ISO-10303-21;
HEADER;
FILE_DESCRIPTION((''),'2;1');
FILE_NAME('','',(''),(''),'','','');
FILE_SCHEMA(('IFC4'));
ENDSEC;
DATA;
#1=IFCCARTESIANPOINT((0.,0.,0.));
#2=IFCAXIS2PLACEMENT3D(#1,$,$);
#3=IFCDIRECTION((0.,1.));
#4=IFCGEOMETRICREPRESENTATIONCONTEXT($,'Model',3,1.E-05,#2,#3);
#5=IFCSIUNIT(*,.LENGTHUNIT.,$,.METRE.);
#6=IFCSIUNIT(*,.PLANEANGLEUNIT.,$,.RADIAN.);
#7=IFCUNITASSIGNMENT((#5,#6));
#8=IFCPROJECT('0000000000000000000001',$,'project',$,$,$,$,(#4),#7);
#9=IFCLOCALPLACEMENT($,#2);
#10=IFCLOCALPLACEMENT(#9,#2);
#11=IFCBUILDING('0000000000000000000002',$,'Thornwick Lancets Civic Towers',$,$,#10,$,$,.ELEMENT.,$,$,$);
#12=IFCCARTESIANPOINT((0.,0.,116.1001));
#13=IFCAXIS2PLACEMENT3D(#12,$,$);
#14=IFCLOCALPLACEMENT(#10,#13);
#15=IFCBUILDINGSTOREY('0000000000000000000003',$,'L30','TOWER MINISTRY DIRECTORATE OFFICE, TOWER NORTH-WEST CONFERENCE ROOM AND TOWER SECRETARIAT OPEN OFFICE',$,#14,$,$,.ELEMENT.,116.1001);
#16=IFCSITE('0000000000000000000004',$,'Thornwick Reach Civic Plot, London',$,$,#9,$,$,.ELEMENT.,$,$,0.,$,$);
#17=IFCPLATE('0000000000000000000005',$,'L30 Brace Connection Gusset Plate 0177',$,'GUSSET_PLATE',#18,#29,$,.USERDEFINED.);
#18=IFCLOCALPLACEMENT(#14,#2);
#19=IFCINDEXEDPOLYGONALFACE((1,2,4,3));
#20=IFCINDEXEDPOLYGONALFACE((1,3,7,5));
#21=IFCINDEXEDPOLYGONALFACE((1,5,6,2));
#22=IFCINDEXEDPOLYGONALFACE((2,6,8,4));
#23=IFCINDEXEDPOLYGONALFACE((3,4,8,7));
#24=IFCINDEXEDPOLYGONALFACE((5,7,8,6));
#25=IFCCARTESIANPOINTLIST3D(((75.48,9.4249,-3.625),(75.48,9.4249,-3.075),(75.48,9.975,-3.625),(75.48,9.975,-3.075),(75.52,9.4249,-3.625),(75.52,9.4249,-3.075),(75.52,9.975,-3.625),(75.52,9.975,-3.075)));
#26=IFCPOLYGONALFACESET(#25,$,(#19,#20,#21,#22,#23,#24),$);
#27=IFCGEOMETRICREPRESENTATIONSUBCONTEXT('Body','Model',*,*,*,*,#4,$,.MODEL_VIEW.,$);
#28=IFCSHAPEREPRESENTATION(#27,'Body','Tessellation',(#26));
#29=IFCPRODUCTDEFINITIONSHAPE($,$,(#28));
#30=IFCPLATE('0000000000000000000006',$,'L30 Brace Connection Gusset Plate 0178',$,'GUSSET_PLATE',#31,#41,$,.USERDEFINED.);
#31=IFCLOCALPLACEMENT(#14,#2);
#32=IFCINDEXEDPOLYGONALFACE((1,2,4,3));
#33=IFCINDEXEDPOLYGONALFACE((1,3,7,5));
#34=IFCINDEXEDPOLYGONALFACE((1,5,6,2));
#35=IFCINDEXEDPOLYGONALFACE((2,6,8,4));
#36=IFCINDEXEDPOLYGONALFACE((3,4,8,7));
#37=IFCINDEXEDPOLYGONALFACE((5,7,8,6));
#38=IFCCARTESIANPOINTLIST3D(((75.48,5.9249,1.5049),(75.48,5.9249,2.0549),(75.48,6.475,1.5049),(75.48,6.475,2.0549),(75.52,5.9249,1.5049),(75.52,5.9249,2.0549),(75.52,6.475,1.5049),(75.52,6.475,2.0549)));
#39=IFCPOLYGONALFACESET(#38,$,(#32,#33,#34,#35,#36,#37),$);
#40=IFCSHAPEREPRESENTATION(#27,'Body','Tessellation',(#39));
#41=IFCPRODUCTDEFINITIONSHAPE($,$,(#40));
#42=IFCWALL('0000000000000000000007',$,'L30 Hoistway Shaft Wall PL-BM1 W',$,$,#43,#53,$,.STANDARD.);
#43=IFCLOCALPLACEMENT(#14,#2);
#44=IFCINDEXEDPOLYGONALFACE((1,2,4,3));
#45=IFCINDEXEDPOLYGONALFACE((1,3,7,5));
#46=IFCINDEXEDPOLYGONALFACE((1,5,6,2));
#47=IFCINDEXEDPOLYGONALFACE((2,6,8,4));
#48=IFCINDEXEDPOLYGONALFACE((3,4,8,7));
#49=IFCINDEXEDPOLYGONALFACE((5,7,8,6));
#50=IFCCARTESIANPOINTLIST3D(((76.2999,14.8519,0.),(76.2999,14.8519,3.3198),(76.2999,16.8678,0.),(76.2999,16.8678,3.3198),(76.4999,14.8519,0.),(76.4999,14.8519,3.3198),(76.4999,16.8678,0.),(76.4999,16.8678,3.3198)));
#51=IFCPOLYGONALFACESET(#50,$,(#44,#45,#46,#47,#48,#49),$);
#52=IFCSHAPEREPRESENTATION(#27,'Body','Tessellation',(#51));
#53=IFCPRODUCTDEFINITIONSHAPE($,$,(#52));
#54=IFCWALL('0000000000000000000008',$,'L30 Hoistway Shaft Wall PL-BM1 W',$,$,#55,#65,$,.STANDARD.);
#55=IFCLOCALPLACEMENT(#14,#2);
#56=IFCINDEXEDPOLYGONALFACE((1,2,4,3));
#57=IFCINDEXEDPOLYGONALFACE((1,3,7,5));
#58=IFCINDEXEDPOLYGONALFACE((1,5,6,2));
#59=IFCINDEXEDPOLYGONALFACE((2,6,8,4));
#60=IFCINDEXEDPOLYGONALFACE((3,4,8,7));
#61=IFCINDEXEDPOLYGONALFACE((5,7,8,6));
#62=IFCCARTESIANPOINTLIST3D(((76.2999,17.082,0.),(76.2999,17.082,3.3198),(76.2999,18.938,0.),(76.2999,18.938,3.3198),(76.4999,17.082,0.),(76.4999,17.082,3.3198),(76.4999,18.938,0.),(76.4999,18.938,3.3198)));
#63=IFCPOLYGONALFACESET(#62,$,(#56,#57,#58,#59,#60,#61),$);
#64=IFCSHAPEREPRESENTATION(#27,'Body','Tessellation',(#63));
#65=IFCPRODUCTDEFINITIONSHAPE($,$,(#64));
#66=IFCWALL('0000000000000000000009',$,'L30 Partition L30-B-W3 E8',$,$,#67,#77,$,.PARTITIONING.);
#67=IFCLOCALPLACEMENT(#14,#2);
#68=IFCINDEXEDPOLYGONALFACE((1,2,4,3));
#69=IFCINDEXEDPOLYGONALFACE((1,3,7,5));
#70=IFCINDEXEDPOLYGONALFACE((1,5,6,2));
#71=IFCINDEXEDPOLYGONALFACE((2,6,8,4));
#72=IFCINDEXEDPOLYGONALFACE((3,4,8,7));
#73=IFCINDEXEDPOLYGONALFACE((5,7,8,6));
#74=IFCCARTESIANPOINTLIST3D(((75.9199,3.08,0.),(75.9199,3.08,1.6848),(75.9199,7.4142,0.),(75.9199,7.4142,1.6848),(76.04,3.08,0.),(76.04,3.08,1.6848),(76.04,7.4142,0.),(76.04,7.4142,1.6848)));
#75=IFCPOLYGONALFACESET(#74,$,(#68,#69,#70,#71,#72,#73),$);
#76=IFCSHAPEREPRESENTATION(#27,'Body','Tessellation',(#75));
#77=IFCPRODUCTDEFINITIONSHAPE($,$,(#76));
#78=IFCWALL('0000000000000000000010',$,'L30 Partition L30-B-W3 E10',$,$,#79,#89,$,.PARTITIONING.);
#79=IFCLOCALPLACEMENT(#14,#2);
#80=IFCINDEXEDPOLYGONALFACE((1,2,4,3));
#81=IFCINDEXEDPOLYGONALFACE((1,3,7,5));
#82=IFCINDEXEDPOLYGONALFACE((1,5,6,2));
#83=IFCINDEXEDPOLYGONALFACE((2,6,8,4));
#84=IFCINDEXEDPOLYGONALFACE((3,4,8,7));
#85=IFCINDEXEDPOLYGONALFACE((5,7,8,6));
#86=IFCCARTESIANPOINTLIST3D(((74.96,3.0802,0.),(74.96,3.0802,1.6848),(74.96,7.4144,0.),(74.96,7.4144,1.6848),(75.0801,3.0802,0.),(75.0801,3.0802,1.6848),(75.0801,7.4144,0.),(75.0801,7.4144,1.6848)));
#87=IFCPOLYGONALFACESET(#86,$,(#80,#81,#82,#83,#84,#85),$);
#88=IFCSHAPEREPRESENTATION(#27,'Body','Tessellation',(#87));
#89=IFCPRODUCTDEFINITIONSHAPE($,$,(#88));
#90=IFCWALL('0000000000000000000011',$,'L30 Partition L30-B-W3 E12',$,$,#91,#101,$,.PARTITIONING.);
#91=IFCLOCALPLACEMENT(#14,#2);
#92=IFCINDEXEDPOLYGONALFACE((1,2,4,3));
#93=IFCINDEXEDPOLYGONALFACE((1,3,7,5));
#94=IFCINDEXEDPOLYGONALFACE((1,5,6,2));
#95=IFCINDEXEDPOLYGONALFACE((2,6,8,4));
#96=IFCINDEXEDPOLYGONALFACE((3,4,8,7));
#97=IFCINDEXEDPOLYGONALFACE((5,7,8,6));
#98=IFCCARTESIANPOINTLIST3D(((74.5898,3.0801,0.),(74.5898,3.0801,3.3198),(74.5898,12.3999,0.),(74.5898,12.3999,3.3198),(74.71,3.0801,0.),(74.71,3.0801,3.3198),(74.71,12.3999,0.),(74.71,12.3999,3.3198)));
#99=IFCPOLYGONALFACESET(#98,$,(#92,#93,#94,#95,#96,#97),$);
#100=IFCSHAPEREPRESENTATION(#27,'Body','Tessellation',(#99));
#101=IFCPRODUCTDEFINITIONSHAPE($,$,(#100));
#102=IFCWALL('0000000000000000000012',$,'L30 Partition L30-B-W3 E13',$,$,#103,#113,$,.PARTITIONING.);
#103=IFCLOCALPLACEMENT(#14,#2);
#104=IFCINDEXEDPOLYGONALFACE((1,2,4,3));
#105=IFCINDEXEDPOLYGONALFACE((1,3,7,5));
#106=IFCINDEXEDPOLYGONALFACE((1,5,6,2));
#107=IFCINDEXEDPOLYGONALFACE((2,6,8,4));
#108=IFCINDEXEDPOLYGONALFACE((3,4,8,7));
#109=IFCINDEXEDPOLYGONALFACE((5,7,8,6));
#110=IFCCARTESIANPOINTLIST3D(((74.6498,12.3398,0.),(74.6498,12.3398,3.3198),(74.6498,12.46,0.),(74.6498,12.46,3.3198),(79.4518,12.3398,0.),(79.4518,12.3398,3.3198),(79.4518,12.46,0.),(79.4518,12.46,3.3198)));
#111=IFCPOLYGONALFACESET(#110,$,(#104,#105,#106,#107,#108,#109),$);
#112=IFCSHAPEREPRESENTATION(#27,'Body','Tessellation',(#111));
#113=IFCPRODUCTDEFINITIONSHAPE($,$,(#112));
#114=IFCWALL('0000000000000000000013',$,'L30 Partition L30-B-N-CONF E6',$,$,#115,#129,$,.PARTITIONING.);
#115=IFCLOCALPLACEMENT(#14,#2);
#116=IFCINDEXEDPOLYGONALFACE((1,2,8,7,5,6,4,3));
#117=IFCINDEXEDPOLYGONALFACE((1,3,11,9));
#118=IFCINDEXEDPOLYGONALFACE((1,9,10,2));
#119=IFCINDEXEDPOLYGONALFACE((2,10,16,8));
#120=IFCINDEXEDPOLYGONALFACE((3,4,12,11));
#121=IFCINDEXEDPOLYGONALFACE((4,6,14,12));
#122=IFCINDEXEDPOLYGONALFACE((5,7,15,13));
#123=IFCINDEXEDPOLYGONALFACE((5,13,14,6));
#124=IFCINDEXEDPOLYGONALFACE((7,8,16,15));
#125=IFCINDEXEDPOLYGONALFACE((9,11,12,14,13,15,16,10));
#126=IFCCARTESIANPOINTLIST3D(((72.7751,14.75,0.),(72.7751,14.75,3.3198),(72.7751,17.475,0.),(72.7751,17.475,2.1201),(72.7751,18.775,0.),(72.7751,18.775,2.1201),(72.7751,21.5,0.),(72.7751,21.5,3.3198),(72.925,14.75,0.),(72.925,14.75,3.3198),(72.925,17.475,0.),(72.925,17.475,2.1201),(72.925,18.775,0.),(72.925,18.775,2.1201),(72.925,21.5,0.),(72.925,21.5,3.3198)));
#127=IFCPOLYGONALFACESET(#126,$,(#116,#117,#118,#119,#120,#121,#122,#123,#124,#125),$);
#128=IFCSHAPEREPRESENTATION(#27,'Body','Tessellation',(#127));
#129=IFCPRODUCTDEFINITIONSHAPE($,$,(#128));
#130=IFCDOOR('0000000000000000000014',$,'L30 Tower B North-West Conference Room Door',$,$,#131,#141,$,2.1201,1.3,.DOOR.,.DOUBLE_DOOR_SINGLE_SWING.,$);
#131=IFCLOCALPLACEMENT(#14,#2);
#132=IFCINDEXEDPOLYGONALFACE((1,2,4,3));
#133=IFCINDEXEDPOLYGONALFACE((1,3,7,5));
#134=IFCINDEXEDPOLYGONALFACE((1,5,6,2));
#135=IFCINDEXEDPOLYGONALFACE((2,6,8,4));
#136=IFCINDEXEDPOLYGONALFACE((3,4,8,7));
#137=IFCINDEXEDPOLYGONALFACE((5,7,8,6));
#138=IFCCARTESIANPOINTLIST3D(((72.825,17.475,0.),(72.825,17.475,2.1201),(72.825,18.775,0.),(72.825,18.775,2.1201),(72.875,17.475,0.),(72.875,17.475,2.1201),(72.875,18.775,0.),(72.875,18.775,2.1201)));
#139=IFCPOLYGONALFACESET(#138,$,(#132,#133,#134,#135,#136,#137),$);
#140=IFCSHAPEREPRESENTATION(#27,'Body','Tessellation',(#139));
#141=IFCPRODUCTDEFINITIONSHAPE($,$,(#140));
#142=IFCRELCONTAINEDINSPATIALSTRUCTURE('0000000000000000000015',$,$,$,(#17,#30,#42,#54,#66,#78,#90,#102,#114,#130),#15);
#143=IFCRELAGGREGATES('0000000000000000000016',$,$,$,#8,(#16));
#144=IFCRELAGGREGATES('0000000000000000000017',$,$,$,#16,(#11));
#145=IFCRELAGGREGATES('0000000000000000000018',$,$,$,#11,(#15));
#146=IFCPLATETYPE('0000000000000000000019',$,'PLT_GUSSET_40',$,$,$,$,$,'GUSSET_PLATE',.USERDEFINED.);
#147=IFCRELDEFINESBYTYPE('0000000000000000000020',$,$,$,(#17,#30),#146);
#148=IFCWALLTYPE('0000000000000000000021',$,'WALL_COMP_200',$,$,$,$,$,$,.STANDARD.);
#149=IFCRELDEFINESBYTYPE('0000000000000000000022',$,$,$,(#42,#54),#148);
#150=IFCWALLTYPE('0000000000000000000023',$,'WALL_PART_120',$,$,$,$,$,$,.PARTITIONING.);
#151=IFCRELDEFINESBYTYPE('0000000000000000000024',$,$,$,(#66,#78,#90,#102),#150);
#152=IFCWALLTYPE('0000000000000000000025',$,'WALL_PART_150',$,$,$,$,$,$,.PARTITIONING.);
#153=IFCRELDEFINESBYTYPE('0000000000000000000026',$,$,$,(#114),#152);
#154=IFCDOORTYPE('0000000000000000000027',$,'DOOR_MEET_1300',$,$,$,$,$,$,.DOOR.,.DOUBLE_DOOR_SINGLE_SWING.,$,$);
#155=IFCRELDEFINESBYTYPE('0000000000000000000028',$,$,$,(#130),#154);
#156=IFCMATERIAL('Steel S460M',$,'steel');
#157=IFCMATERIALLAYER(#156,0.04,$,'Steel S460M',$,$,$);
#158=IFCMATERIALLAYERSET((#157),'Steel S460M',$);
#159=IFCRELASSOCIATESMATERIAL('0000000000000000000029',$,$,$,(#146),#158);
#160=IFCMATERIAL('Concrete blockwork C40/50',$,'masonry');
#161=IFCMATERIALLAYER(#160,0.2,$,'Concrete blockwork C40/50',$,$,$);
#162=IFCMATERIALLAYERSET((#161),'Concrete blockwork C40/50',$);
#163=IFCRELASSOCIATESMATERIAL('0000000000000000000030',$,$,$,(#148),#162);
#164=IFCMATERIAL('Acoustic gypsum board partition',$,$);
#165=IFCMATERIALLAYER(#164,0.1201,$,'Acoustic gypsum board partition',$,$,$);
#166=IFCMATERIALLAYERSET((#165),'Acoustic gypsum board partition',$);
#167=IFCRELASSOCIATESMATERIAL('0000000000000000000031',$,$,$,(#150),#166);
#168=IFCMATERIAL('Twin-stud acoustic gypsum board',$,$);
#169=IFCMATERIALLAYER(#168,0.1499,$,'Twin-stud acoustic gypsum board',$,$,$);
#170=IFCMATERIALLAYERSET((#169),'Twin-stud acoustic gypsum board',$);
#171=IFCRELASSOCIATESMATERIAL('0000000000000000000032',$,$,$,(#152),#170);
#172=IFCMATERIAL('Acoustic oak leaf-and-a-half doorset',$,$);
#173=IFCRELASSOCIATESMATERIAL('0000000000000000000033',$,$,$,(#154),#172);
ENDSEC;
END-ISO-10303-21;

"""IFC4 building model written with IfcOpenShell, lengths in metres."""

from ifc_helpers import new_model, si_unit, direction, frame, frame_2d, origin, origin_2d, place, context, subcontext, project, spatial, rectangle, extrude, material, layer, layer_set, type_object, element, fill, save


model = new_model("IFC4")

# Units and contexts
model_context = context("Model", 3, precision=1e-05, world=origin(), true_north=direction((0.0, 1.0)))
body_context = subcontext(model_context, "Body", "Model", "MODEL_VIEW")
ifc_project = project(units=[si_unit("LENGTHUNIT", "METRE"), si_unit("PLANEANGLEUNIT", "RADIAN")], contexts=[model_context])

# Site, building, storey
site_placement = place(None, origin())
site = spatial("IfcSite", under=ifc_project, at=site_placement, Name="Thornwick Reach Civic Plot, London", CompositionType="ELEMENT", RefElevation=0.0)
building_placement = place(site_placement, origin())
building = spatial("IfcBuilding", under=site, at=building_placement, Name="Thornwick Lancets Civic Towers", CompositionType="ELEMENT")
storey_placement = place(building_placement, frame((0.0, 0.0, 116.1001)))
storey = spatial("IfcBuildingStorey", under=building, at=storey_placement, Name="L30", Description="TOWER MINISTRY DIRECTORATE OFFICE, TOWER NORTH-WEST CONFERENCE ROOM AND TOWER SECRETARIAT OPEN OFFICE", CompositionType="ELEMENT", Elevation=116.1001)

# Shared definitions
ifc_material_1 = material(Name="Steel S460M", Category="steel")

# Plates
ifc_layer_1 = layer(ifc_material_1, 0.04, Name="Steel S460M")
ifc_layer_set_1 = layer_set([ifc_layer_1], Name="Steel S460M")
plate_type = type_object("IfcPlateType", Name="PLT_GUSSET_40", ElementType="GUSSET_PLATE", PredefinedType="USERDEFINED", material=ifc_layer_set_1)
for number, where, z_axis, x_axis, name in (
    (1, (75.5, 9.7, -3.625), (0.0, 0.0, 1.0), (0.0, -1.0, 0.0), "L30 Brace Connection Gusset Plate 0177"),
    (2, (75.5, 6.2, 1.5049), (0.0, 0.0, 1.0), (0.0, -1.0, 0.0), "L30 Brace Connection Gusset Plate 0178"),
):
    element("IfcPlate", number, at=place(storey_placement, frame(where, z_axis=z_axis, x_axis=x_axis)), inside=storey, type_object=plate_type, Name=name, ObjectType="GUSSET_PLATE", PredefinedType="USERDEFINED", context=body_context, shape_type="SweptSolid", body=[
        extrude(rectangle(XDim=0.55, YDim=0.04, at=origin_2d()), origin(), (0.0, 0.0, 1.0), 0.55),
    ])

# Walls
ifc_material_2 = material(Name="Concrete blockwork C40/50", Category="masonry")
ifc_layer_2 = layer(ifc_material_2, 0.2, Name="Concrete blockwork C40/50")
ifc_layer_set_2 = layer_set([ifc_layer_2], Name="Concrete blockwork C40/50")
wall_type_1 = type_object("IfcWallType", Name="WALL_COMP_200", PredefinedType="STANDARD", material=ifc_layer_set_2)
wall_1_placement = place(storey_placement, frame((76.3999, 14.8521, 0.0), z_axis=(0.0, 0.0, 1.0), x_axis=(0.0, 1.0, 0.0)))
element("IfcWall", 3, at=wall_1_placement, inside=storey, type_object=wall_type_1, Name="L30 Hoistway Shaft Wall PL-BM1 W", PredefinedType="STANDARD", context=body_context, shape_type="SweptSolid", body=[
    extrude(rectangle(XDim=2.0159, YDim=0.2, at=frame_2d((1.0078, 0.0))), origin(), (0.0, 0.0, 1.0), 3.3198),
])
wall_2_placement = place(storey_placement, frame((76.3999, 17.082, 0.0), z_axis=(0.0, 0.0, 1.0), x_axis=(0.0, 1.0, 0.0)))
element("IfcWall", 4, at=wall_2_placement, inside=storey, type_object=wall_type_1, Name="L30 Hoistway Shaft Wall PL-BM1 W", PredefinedType="STANDARD", context=body_context, shape_type="SweptSolid", body=[
    extrude(rectangle(XDim=1.856, YDim=0.2, at=frame_2d((0.928, 0.0))), origin(), (0.0, 0.0, 1.0), 3.3198),
])
ifc_material_3 = material(Name="Acoustic gypsum board partition")
ifc_layer_3 = layer(ifc_material_3, 0.1201, Name="Acoustic gypsum board partition")
ifc_layer_set_3 = layer_set([ifc_layer_3], Name="Acoustic gypsum board partition")
wall_type_2 = type_object("IfcWallType", Name="WALL_PART_120", PredefinedType="PARTITIONING", material=ifc_layer_set_3)
for number, where, z_axis, x_axis, name in (
    (5, (75.98, 3.0801, 0.0), (0.0, 0.0, 1.0), (0.0, 1.0, 0.0), "L30 Partition L30-B-W3 E8"),
    (6, (75.02, 7.4143, 0.0), (0.0, 0.0, 1.0), (0.0, -1.0, 0.0), "L30 Partition L30-B-W3 E10"),
):
    element("IfcWall", number, at=place(storey_placement, frame(where, z_axis=z_axis, x_axis=x_axis)), inside=storey, type_object=wall_type_2, Name=name, PredefinedType="PARTITIONING", context=body_context, shape_type="SweptSolid", body=[
        extrude(rectangle(XDim=4.3342, YDim=0.1201, at=frame_2d((2.167, 0.0))), origin(), (0.0, 0.0, 1.0), 1.6848),
    ])
wall_3_placement = place(storey_placement, frame((74.6499, 3.0801, 0.0), z_axis=(0.0, 0.0, 1.0), x_axis=(0.0, 1.0, 0.0)))
element("IfcWall", 7, at=wall_3_placement, inside=storey, type_object=wall_type_2, Name="L30 Partition L30-B-W3 E12", PredefinedType="PARTITIONING", context=body_context, shape_type="SweptSolid", body=[
    extrude(rectangle(XDim=9.3198, YDim=0.1201, at=frame_2d((4.6599, 0.0))), origin(), (0.0, 0.0, 1.0), 3.3198),
])
wall_4_placement = place(storey_placement, frame((74.6499, 12.3999, 0.0), z_axis=(0.0, 0.0, 1.0), x_axis=(1.0, 0.0, 0.0)))
element("IfcWall", 8, at=wall_4_placement, inside=storey, type_object=wall_type_2, Name="L30 Partition L30-B-W3 E13", PredefinedType="PARTITIONING", context=body_context, shape_type="SweptSolid", body=[
    extrude(rectangle(XDim=4.802, YDim=0.1201, at=frame_2d((2.4009, 0.0))), origin(), (0.0, 0.0, 1.0), 3.3198),
])

# Wall, opening, door
ifc_material_4 = material(Name="Twin-stud acoustic gypsum board")
ifc_layer_4 = layer(ifc_material_4, 0.1499, Name="Twin-stud acoustic gypsum board")
ifc_layer_set_4 = layer_set([ifc_layer_4], Name="Twin-stud acoustic gypsum board")
wall_type_3 = type_object("IfcWallType", Name="WALL_PART_150", PredefinedType="PARTITIONING", material=ifc_layer_set_4)
wall_5_placement = place(storey_placement, frame((72.8501, 21.5, 0.0), z_axis=(0.0, 0.0, 1.0), x_axis=(0.0, -1.0, 0.0)))
wall_5 = element("IfcWall", 9, at=wall_5_placement, inside=storey, type_object=wall_type_3, Name="L30 Partition L30-B-N-CONF E6", PredefinedType="PARTITIONING", context=body_context, shape_type="SweptSolid", body=[
    extrude(rectangle(XDim=6.75, YDim=0.1499, at=frame_2d((3.375, 0.0))), origin(), (0.0, 0.0, 1.0), 3.3198),
])
opening_placement = place(wall_5_placement, frame((2.7251, 0.0, 0.0)))
opening = element("IfcOpeningElement", 10, at=opening_placement, cuts=wall_5, PredefinedType="OPENING", context=body_context, shape_type="SweptSolid", body=[
    extrude(rectangle(XDim=1.3, YDim=2.1201, at=frame_2d((0.6499, 1.0601))), frame((0.0, 0.085, 0.0), z_axis=(0.0, -1.0, 0.0), x_axis=(1.0, 0.0, 0.0)), (0.0, 0.0, 1.0), 0.1699),
])
ifc_material_5 = material(Name="Acoustic oak leaf-and-a-half doorset")
door_type = type_object("IfcDoorType", Name="DOOR_MEET_1300", OperationType="DOUBLE_DOOR_SINGLE_SWING", PredefinedType="DOOR", material=ifc_material_5)
door_placement = place(opening_placement, origin())
door = element("IfcDoor", 11, at=door_placement, inside=storey, type_object=door_type, Name="L30 Tower B North-West Conference Room Door", OperationType="DOUBLE_DOOR_SINGLE_SWING", OverallHeight=2.1201, OverallWidth=1.3, PredefinedType="DOOR", context=body_context, shape_type="SweptSolid", body=[
    extrude(rectangle(XDim=1.3, YDim=2.1201, at=frame_2d((0.6499, 1.0601))), frame((0.0, 0.0249, 0.0), z_axis=(0.0, -1.0, 0.0), x_axis=(1.0, 0.0, 0.0)), (0.0, 0.0, 1.0), 0.05),
])
fill(opening, door)

save(model, "model.ifc")
